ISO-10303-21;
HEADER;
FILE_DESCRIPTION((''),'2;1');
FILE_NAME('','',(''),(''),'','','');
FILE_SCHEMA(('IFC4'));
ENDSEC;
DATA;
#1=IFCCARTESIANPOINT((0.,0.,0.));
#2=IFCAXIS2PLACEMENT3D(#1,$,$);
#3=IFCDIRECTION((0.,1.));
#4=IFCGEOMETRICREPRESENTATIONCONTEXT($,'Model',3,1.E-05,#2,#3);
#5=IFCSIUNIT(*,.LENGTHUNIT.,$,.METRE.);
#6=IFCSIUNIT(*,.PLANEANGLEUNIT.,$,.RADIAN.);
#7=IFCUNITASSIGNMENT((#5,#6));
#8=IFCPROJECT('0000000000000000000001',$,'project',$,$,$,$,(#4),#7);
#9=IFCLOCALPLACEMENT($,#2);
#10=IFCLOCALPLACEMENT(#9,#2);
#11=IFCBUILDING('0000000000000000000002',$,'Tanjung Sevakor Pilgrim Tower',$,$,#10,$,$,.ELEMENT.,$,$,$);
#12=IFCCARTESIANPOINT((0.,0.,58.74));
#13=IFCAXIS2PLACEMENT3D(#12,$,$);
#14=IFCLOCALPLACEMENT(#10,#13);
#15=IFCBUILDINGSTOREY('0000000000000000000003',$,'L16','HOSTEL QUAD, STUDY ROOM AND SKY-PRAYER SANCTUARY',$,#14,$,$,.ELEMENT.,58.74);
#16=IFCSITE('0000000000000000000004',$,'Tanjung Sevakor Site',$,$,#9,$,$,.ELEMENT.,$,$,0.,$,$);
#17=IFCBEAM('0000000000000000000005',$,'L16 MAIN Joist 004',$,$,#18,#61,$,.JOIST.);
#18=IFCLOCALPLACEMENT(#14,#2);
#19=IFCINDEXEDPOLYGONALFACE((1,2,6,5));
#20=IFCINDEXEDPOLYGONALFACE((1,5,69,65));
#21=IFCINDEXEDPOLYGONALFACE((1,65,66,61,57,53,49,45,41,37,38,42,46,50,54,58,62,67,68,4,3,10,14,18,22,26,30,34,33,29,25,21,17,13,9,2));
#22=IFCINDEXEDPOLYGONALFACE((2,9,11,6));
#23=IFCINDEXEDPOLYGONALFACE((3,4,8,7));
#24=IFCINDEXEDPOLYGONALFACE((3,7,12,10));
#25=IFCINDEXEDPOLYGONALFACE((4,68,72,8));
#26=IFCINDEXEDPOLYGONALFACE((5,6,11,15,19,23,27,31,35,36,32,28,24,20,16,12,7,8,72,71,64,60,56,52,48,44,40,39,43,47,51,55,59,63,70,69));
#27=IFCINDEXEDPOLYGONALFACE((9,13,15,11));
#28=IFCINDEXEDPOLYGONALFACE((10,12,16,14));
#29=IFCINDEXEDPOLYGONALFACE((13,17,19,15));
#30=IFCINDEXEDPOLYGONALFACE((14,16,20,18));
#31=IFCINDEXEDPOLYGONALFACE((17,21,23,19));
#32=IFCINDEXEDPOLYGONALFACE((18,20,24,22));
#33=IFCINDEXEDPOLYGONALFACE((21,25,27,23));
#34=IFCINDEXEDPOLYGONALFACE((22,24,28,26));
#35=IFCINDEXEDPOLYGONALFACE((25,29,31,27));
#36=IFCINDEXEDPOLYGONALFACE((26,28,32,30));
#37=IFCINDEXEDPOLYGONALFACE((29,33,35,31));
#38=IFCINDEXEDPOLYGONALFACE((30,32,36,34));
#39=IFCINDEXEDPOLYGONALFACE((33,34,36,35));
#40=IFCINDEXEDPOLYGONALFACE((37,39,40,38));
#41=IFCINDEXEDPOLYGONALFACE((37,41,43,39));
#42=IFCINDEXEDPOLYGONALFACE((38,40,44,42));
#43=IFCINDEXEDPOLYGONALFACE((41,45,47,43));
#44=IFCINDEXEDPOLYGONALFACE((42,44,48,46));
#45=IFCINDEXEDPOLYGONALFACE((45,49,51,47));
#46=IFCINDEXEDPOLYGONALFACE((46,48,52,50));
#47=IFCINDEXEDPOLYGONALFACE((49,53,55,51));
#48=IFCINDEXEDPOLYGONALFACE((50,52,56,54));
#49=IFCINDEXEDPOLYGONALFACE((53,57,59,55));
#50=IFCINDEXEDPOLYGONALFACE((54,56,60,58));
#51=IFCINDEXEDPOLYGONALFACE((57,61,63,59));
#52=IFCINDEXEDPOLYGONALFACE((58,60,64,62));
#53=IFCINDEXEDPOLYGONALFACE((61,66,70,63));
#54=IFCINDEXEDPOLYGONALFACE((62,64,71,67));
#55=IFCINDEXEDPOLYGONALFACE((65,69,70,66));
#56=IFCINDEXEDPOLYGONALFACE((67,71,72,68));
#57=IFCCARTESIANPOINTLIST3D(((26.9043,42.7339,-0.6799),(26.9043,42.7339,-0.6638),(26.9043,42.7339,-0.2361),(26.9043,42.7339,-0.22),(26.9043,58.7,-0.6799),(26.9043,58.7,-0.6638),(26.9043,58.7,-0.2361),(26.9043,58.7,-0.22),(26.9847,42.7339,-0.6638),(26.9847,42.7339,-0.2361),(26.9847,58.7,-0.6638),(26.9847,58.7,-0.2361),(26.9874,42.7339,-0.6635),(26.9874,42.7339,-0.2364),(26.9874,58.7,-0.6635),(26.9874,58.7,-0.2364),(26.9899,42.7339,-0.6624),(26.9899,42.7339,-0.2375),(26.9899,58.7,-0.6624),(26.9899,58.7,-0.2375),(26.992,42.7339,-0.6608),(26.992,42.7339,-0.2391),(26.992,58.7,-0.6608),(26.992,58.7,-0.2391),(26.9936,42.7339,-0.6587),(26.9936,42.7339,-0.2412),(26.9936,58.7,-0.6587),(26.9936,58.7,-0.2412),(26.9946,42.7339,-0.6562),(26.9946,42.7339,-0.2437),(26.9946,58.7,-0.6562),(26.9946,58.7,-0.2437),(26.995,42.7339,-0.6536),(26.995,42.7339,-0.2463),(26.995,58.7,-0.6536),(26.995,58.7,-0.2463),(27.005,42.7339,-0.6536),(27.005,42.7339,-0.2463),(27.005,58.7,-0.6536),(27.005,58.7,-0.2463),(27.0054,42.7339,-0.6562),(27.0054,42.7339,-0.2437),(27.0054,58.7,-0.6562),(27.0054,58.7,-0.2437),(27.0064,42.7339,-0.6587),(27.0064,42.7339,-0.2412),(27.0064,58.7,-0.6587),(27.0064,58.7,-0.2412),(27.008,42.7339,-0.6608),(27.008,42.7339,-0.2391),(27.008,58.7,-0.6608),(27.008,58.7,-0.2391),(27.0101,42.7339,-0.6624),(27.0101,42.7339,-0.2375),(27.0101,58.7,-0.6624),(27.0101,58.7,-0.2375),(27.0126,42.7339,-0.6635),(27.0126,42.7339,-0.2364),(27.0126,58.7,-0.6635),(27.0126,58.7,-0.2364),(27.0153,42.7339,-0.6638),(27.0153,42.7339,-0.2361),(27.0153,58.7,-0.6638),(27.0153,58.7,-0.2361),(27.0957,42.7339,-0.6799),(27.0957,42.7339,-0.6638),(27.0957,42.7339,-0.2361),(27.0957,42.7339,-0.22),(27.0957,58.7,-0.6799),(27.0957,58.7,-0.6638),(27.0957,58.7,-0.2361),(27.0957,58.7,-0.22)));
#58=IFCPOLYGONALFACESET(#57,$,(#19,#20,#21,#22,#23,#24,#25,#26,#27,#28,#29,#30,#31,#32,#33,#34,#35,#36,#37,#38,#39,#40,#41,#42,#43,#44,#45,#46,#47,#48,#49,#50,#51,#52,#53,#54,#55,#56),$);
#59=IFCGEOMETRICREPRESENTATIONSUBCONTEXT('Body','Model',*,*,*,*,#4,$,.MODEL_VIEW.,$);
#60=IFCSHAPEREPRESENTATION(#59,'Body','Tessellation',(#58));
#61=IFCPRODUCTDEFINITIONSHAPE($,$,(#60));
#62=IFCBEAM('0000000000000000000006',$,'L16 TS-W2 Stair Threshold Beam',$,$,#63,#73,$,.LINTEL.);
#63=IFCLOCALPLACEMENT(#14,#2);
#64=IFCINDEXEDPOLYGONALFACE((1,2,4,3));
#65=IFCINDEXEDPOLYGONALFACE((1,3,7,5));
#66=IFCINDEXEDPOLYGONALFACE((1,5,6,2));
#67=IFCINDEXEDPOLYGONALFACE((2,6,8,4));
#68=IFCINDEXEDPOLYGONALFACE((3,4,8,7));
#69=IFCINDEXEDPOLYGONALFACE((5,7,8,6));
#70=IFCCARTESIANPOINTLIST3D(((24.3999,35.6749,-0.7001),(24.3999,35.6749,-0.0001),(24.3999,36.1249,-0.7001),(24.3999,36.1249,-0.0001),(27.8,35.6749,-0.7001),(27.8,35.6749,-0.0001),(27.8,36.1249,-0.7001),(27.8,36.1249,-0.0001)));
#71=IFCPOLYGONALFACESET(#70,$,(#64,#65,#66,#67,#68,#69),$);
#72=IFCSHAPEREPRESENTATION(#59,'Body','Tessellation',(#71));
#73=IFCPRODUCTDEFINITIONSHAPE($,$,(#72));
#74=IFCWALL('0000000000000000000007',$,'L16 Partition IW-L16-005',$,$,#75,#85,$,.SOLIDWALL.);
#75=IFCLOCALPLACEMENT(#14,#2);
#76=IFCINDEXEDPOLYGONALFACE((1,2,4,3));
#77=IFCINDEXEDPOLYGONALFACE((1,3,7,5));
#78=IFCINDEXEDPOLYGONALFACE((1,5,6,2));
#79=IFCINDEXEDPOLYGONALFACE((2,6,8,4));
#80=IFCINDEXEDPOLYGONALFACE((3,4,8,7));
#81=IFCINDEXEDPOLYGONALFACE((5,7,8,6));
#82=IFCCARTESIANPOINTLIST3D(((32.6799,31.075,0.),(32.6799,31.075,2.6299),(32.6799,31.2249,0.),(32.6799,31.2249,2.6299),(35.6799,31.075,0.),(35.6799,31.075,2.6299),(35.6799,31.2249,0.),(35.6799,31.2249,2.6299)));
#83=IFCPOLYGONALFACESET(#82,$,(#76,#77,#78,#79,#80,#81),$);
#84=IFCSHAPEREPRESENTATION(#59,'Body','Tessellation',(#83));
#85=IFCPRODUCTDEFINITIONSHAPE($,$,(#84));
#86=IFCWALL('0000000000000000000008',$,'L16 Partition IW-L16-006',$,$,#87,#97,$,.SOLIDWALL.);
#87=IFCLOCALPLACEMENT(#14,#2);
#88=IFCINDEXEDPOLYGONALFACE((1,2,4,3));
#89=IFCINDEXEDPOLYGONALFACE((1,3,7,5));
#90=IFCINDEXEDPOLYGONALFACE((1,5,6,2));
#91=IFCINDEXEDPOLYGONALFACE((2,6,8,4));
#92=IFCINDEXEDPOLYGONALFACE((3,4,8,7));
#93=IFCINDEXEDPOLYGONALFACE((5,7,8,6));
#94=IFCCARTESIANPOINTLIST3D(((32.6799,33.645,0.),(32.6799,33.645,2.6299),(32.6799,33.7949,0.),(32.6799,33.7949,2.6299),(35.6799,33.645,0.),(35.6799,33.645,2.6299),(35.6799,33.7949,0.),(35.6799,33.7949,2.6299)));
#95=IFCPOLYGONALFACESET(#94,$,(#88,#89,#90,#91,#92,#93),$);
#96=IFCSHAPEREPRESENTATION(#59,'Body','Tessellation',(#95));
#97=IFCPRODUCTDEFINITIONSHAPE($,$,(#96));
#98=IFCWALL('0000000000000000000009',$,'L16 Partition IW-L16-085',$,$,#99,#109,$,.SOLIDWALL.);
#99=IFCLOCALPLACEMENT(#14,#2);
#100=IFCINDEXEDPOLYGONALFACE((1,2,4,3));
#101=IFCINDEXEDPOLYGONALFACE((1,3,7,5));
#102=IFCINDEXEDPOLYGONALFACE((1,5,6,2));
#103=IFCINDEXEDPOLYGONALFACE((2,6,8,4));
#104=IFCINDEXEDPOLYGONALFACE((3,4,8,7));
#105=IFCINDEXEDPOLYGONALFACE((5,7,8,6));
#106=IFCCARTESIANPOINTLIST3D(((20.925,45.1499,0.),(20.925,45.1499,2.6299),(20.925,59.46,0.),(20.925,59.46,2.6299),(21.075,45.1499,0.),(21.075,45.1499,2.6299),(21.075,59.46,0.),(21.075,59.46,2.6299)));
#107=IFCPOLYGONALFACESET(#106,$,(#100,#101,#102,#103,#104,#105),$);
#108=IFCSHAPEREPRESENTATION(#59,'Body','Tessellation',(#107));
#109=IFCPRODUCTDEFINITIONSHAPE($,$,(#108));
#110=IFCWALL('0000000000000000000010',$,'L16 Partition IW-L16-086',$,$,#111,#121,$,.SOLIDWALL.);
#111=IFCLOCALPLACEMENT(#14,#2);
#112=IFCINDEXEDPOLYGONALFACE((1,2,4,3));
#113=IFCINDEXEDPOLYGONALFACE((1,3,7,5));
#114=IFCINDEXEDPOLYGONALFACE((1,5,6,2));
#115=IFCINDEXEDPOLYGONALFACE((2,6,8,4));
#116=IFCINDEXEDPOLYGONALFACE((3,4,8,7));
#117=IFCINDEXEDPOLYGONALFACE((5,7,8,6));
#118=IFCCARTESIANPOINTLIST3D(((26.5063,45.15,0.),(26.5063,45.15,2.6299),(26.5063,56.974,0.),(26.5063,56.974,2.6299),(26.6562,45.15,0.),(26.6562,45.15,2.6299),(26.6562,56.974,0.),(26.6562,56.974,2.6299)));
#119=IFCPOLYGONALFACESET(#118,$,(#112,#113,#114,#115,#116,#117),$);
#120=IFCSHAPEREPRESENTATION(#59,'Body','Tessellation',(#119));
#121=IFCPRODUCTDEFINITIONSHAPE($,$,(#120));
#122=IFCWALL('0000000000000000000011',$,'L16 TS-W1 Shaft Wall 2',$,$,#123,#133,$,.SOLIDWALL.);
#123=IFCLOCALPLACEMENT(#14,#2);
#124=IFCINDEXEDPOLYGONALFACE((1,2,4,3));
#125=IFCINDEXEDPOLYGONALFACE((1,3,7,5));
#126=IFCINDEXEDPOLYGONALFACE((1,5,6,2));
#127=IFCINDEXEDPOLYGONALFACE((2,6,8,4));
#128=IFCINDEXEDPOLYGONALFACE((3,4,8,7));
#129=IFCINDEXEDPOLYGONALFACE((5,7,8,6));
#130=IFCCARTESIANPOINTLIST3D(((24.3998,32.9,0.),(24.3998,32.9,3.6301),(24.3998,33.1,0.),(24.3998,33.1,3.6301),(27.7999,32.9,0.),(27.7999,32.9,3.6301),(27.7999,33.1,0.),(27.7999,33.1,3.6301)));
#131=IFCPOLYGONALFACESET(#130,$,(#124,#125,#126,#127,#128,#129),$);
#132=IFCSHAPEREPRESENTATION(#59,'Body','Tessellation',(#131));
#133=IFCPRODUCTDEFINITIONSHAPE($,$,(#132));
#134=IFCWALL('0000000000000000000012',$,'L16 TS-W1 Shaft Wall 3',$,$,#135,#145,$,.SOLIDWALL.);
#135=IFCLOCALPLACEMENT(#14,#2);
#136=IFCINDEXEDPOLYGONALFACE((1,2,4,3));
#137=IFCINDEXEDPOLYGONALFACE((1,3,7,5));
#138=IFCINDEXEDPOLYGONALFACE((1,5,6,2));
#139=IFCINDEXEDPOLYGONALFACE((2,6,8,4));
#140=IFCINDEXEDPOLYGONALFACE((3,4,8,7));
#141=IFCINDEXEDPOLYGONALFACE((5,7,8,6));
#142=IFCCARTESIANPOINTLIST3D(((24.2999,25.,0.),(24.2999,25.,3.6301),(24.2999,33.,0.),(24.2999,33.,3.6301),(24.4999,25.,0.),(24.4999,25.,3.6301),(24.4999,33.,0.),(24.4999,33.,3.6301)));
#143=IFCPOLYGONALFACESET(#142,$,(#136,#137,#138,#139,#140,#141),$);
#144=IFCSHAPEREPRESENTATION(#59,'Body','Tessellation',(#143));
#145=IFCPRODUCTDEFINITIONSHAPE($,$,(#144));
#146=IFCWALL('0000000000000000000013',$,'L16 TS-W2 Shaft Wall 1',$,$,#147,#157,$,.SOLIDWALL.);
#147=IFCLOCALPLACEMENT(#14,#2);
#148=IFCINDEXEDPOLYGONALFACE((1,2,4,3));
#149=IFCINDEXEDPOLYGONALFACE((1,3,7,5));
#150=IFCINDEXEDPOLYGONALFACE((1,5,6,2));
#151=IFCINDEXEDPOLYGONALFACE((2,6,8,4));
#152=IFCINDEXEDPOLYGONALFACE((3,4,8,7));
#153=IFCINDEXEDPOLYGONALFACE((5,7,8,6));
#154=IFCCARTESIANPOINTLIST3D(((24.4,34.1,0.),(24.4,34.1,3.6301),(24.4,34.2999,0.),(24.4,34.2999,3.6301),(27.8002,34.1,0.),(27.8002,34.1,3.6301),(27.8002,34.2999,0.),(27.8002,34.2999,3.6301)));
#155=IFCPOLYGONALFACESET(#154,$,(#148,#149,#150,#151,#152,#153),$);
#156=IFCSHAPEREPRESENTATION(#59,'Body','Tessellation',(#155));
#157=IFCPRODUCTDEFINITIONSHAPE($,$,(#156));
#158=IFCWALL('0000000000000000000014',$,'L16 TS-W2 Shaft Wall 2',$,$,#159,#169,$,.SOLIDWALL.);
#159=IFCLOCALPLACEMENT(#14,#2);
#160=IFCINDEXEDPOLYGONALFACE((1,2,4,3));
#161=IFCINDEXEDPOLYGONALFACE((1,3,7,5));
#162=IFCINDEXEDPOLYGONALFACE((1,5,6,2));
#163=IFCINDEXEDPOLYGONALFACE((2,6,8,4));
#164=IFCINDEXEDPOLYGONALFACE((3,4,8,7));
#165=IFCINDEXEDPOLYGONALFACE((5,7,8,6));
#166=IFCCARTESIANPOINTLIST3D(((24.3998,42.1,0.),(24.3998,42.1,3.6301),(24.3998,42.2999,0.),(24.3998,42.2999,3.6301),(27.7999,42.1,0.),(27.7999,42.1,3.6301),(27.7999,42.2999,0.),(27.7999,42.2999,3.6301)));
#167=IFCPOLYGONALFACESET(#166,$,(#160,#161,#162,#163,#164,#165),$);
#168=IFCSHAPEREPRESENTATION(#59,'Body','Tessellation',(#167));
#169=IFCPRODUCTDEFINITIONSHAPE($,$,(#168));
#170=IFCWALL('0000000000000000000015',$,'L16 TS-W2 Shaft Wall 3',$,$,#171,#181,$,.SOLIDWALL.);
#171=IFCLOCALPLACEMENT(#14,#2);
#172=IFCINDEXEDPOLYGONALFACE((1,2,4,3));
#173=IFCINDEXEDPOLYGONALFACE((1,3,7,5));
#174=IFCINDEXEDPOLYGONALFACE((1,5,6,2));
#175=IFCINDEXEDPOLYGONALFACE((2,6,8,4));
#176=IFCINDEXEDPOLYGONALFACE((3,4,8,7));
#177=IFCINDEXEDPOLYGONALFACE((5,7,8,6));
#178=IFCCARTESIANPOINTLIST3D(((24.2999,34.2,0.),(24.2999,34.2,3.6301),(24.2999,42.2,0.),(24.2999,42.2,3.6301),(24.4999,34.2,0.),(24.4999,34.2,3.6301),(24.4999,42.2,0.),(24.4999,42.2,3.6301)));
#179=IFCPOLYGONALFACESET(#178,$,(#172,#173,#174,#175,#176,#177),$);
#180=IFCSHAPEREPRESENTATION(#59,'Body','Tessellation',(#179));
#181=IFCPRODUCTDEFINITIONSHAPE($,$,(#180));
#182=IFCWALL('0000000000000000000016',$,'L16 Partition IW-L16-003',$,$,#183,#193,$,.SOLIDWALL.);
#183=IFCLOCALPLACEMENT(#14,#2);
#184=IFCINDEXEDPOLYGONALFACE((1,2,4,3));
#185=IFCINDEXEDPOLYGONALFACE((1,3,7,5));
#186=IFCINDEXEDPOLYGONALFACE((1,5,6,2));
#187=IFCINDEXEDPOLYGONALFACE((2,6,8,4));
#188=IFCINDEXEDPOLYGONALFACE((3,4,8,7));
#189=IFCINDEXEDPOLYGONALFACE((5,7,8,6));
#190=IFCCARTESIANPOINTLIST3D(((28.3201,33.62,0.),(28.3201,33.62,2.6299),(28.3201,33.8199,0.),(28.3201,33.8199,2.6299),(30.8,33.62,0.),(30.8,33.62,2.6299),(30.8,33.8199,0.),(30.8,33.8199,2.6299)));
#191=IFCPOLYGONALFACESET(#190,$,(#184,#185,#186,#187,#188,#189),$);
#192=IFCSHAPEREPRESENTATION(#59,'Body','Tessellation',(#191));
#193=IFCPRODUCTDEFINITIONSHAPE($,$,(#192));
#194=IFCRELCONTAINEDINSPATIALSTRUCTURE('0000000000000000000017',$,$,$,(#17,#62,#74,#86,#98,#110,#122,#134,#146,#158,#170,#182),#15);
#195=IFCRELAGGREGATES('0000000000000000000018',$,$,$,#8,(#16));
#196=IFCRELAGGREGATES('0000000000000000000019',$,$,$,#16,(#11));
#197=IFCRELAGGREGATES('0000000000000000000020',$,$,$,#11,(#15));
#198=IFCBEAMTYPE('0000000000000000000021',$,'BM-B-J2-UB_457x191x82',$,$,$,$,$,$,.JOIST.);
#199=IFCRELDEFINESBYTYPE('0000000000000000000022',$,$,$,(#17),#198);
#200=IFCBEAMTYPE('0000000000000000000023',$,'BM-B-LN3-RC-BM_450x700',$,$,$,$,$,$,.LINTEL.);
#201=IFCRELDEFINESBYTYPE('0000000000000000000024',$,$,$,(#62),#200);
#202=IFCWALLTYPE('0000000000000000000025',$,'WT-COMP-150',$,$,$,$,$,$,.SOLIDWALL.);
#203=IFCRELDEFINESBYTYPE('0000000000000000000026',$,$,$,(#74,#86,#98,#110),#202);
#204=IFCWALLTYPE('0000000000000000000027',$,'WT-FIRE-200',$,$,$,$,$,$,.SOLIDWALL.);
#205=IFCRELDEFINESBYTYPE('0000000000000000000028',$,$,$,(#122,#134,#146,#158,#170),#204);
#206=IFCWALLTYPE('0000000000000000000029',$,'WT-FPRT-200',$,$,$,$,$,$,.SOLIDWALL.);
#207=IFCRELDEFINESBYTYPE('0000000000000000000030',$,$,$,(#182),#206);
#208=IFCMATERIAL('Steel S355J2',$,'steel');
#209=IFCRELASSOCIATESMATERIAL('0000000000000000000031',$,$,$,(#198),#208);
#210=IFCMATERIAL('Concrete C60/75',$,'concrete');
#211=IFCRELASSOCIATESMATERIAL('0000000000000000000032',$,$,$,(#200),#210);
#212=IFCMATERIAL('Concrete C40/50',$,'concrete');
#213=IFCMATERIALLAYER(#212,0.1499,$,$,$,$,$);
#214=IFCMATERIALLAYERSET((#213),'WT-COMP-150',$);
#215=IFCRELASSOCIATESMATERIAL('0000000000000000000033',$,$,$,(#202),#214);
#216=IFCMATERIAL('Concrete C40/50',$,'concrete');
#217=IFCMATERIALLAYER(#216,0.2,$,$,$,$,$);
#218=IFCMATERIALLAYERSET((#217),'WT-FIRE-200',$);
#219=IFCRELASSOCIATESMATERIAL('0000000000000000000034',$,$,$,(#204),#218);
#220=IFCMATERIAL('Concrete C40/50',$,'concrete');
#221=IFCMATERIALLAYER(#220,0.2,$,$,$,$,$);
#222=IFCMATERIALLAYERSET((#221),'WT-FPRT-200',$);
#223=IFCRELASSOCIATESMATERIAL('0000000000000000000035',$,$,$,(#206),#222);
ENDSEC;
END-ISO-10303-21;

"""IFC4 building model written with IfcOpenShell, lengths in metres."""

from ifc_helpers import new_model, si_unit, direction, frame, frame_2d, origin, origin_2d, place, context, subcontext, project, spatial, rectangle, i_section, extrude, material, layer, layer_set, material_profile, profile_set, type_object, element, save


model = new_model("IFC4")

# Units and contexts
model_context = context("Model", 3, precision=1e-05, world=origin(), true_north=direction((0.0, 1.0)))
body_context = subcontext(model_context, "Body", "Model", "MODEL_VIEW")
ifc_project = project(units=[si_unit("LENGTHUNIT", "METRE"), si_unit("PLANEANGLEUNIT", "RADIAN")], contexts=[model_context])

# Site, building, storey
site_placement = place(None, origin())
site = spatial("IfcSite", under=ifc_project, at=site_placement, Name="Tanjung Sevakor Site", CompositionType="ELEMENT", RefElevation=0.0)
building_placement = place(site_placement, origin())
building = spatial("IfcBuilding", under=site, at=building_placement, Name="Tanjung Sevakor Pilgrim Tower", CompositionType="ELEMENT")
storey_placement = place(building_placement, frame((0.0, 0.0, 58.74)))
storey = spatial("IfcBuildingStorey", under=building, at=storey_placement, Name="L16", Description="HOSTEL QUAD, STUDY ROOM AND SKY-PRAYER SANCTUARY", CompositionType="ELEMENT", Elevation=58.74)

# Beams
ifc_material_1 = material(Name="Steel S355J2", Category="steel")
ifc_material_profile_1 = material_profile(ifc_material_1, i_section(OverallWidth=0.1914, OverallDepth=0.46, WebThickness=0.01, FlangeThickness=0.0161, FilletRadius=0.0103, at=origin_2d()))
ifc_profile_set_1 = profile_set([ifc_material_profile_1], Name="Steel S355J2")
beam_type_1 = type_object("IfcBeamType", Name="BM-B-J2-UB_457x191x82", PredefinedType="JOIST", material=ifc_profile_set_1)
beam_1_placement = place(storey_placement, frame((27.0, 42.7339, -0.45), z_axis=(0.0, 1.0, 0.0), x_axis=(-1.0, 0.0, 0.0)))
element("IfcBeam", 1, at=beam_1_placement, inside=storey, type_object=beam_type_1, Name="L16 MAIN Joist 004", PredefinedType="JOIST", context=body_context, shape_type="SweptSolid", body=[
    extrude(i_section(OverallWidth=0.1914, OverallDepth=0.46, WebThickness=0.01, FlangeThickness=0.0161, FilletRadius=0.0103, at=origin_2d()), origin(), (0.0, 0.0, 1.0), 15.9661),
])
ifc_material_2 = material(Name="Concrete C60/75", Category="concrete")
ifc_material_profile_2 = material_profile(ifc_material_2, rectangle(XDim=0.45, YDim=0.7, at=origin_2d()))
ifc_profile_set_2 = profile_set([ifc_material_profile_2], Name="Concrete C60/75")
beam_type_2 = type_object("IfcBeamType", Name="BM-B-LN3-RC-BM_450x700", PredefinedType="LINTEL", material=ifc_profile_set_2)
beam_2_placement = place(storey_placement, frame((24.3999, 35.8999, -0.3501), z_axis=(1.0, 0.0, 0.0), x_axis=(0.0, 1.0, 0.0)))
element("IfcBeam", 2, at=beam_2_placement, inside=storey, type_object=beam_type_2, Name="L16 TS-W2 Stair Threshold Beam", PredefinedType="LINTEL", context=body_context, shape_type="SweptSolid", body=[
    extrude(rectangle(XDim=0.45, YDim=0.7, at=origin_2d()), origin(), (0.0, 0.0, 1.0), 3.4001),
])

# Walls
ifc_material_3 = material(Name="Concrete C40/50", Category="concrete")
ifc_layer_1 = layer(ifc_material_3, 0.1499)
ifc_layer_set_1 = layer_set([ifc_layer_1], Name="WT-COMP-150")
wall_type_1 = type_object("IfcWallType", Name="WT-COMP-150", PredefinedType="SOLIDWALL", material=ifc_layer_set_1)
for number, where, z_axis, x_axis, name in (
    (3, (32.6799, 31.1499, 0.0), (0.0, 0.0, 1.0), (1.0, 0.0, 0.0), "L16 Partition IW-L16-005"),
    (4, (32.6799, 33.72, 0.0), (0.0, 0.0, 1.0), (1.0, 0.0, 0.0), "L16 Partition IW-L16-006"),
):
    element("IfcWall", number, at=place(storey_placement, frame(where, z_axis=z_axis, x_axis=x_axis)), inside=storey, type_object=wall_type_1, Name=name, PredefinedType="SOLIDWALL", context=body_context, shape_type="SweptSolid", body=[
        extrude(rectangle(XDim=3.0, YDim=0.1499, at=frame_2d((1.5, 0.0))), origin(), (0.0, 0.0, 1.0), 2.6299),
    ])
wall_1_placement = place(storey_placement, frame((21.0, 45.1499, 0.0), z_axis=(0.0, 0.0, 1.0), x_axis=(0.0, 1.0, 0.0)))
element("IfcWall", 5, at=wall_1_placement, inside=storey, type_object=wall_type_1, Name="L16 Partition IW-L16-085", PredefinedType="SOLIDWALL", context=body_context, shape_type="SweptSolid", body=[
    extrude(rectangle(XDim=14.3101, YDim=0.1499, at=frame_2d((7.155, 0.0))), origin(), (0.0, 0.0, 1.0), 2.6299),
])
wall_2_placement = place(storey_placement, frame((26.5813, 45.1499, 0.0), z_axis=(0.0, 0.0, 1.0), x_axis=(0.0, 1.0, 0.0)))
element("IfcWall", 6, at=wall_2_placement, inside=storey, type_object=wall_type_1, Name="L16 Partition IW-L16-086", PredefinedType="SOLIDWALL", context=body_context, shape_type="SweptSolid", body=[
    extrude(rectangle(XDim=11.824, YDim=0.1499, at=frame_2d((5.9121, 0.0))), origin(), (0.0, 0.0, 1.0), 2.6299),
])

# Walls
ifc_material_4 = material(Name="Concrete C40/50", Category="concrete")
ifc_layer_2 = layer(ifc_material_4, 0.2)
ifc_layer_set_2 = layer_set([ifc_layer_2], Name="WT-FIRE-200")
wall_type_2 = type_object("IfcWallType", Name="WT-FIRE-200", PredefinedType="SOLIDWALL", material=ifc_layer_set_2)
wall_3_placement = place(storey_placement, frame((27.8, 33.0, 0.0), z_axis=(0.0, 0.0, 1.0), x_axis=(-1.0, 0.0, 0.0)))
element("IfcWall", 7, at=wall_3_placement, inside=storey, type_object=wall_type_2, Name="L16 TS-W1 Shaft Wall 2", PredefinedType="SOLIDWALL", context=body_context, shape_type="SweptSolid", body=[
    extrude(rectangle(XDim=3.4001, YDim=0.2, at=frame_2d((1.7002, 0.0))), origin(), (0.0, 0.0, 1.0), 3.6301),
])
wall_4_placement = place(storey_placement, frame((24.3999, 33.0, 0.0), z_axis=(0.0, 0.0, 1.0), x_axis=(0.0, -1.0, 0.0)))
element("IfcWall", 8, at=wall_4_placement, inside=storey, type_object=wall_type_2, Name="L16 TS-W1 Shaft Wall 3", PredefinedType="SOLIDWALL", context=body_context, shape_type="SweptSolid", body=[
    extrude(rectangle(XDim=8.0, YDim=0.2, at=frame_2d((4.0, 0.0))), origin(), (0.0, 0.0, 1.0), 3.6301),
])
for number, where, z_axis, x_axis, name in (
    (9, (24.3999, 34.2, 0.0), (0.0, 0.0, 1.0), (1.0, 0.0, 0.0), "L16 TS-W2 Shaft Wall 1"),
    (10, (27.8, 42.2, 0.0), (0.0, 0.0, 1.0), (-1.0, 0.0, 0.0), "L16 TS-W2 Shaft Wall 2"),
):
    element("IfcWall", number, at=place(storey_placement, frame(where, z_axis=z_axis, x_axis=x_axis)), inside=storey, type_object=wall_type_2, Name=name, PredefinedType="SOLIDWALL", context=body_context, shape_type="SweptSolid", body=[
        extrude(rectangle(XDim=3.4001, YDim=0.2, at=frame_2d((1.7002, 0.0))), origin(), (0.0, 0.0, 1.0), 3.6301),
    ])
wall_5_placement = place(storey_placement, frame((24.3999, 42.2, 0.0), z_axis=(0.0, 0.0, 1.0), x_axis=(0.0, -1.0, 0.0)))
element("IfcWall", 11, at=wall_5_placement, inside=storey, type_object=wall_type_2, Name="L16 TS-W2 Shaft Wall 3", PredefinedType="SOLIDWALL", context=body_context, shape_type="SweptSolid", body=[
    extrude(rectangle(XDim=8.0, YDim=0.2, at=frame_2d((4.0, 0.0))), origin(), (0.0, 0.0, 1.0), 3.6301),
])
ifc_material_5 = material(Name="Concrete C40/50", Category="concrete")
ifc_layer_3 = layer(ifc_material_5, 0.2)
ifc_layer_set_3 = layer_set([ifc_layer_3], Name="WT-FPRT-200")
wall_type_3 = type_object("IfcWallType", Name="WT-FPRT-200", PredefinedType="SOLIDWALL", material=ifc_layer_set_3)
for number, where, z_axis, x_axis, name in (
    (12, (28.3201, 33.72, 0.0), (0.0, 0.0, 1.0), (1.0, 0.0, 0.0), "L16 Partition IW-L16-003"),
):
    element("IfcWall", number, at=place(storey_placement, frame(where, z_axis=z_axis, x_axis=x_axis)), inside=storey, type_object=wall_type_3, Name=name, PredefinedType="SOLIDWALL", context=body_context, shape_type="SweptSolid", body=[
        extrude(rectangle(XDim=2.48, YDim=0.2, at=frame_2d((1.24, 0.0))), origin(), (0.0, 0.0, 1.0), 2.6299),
    ])

save(model, "model.ifc")
